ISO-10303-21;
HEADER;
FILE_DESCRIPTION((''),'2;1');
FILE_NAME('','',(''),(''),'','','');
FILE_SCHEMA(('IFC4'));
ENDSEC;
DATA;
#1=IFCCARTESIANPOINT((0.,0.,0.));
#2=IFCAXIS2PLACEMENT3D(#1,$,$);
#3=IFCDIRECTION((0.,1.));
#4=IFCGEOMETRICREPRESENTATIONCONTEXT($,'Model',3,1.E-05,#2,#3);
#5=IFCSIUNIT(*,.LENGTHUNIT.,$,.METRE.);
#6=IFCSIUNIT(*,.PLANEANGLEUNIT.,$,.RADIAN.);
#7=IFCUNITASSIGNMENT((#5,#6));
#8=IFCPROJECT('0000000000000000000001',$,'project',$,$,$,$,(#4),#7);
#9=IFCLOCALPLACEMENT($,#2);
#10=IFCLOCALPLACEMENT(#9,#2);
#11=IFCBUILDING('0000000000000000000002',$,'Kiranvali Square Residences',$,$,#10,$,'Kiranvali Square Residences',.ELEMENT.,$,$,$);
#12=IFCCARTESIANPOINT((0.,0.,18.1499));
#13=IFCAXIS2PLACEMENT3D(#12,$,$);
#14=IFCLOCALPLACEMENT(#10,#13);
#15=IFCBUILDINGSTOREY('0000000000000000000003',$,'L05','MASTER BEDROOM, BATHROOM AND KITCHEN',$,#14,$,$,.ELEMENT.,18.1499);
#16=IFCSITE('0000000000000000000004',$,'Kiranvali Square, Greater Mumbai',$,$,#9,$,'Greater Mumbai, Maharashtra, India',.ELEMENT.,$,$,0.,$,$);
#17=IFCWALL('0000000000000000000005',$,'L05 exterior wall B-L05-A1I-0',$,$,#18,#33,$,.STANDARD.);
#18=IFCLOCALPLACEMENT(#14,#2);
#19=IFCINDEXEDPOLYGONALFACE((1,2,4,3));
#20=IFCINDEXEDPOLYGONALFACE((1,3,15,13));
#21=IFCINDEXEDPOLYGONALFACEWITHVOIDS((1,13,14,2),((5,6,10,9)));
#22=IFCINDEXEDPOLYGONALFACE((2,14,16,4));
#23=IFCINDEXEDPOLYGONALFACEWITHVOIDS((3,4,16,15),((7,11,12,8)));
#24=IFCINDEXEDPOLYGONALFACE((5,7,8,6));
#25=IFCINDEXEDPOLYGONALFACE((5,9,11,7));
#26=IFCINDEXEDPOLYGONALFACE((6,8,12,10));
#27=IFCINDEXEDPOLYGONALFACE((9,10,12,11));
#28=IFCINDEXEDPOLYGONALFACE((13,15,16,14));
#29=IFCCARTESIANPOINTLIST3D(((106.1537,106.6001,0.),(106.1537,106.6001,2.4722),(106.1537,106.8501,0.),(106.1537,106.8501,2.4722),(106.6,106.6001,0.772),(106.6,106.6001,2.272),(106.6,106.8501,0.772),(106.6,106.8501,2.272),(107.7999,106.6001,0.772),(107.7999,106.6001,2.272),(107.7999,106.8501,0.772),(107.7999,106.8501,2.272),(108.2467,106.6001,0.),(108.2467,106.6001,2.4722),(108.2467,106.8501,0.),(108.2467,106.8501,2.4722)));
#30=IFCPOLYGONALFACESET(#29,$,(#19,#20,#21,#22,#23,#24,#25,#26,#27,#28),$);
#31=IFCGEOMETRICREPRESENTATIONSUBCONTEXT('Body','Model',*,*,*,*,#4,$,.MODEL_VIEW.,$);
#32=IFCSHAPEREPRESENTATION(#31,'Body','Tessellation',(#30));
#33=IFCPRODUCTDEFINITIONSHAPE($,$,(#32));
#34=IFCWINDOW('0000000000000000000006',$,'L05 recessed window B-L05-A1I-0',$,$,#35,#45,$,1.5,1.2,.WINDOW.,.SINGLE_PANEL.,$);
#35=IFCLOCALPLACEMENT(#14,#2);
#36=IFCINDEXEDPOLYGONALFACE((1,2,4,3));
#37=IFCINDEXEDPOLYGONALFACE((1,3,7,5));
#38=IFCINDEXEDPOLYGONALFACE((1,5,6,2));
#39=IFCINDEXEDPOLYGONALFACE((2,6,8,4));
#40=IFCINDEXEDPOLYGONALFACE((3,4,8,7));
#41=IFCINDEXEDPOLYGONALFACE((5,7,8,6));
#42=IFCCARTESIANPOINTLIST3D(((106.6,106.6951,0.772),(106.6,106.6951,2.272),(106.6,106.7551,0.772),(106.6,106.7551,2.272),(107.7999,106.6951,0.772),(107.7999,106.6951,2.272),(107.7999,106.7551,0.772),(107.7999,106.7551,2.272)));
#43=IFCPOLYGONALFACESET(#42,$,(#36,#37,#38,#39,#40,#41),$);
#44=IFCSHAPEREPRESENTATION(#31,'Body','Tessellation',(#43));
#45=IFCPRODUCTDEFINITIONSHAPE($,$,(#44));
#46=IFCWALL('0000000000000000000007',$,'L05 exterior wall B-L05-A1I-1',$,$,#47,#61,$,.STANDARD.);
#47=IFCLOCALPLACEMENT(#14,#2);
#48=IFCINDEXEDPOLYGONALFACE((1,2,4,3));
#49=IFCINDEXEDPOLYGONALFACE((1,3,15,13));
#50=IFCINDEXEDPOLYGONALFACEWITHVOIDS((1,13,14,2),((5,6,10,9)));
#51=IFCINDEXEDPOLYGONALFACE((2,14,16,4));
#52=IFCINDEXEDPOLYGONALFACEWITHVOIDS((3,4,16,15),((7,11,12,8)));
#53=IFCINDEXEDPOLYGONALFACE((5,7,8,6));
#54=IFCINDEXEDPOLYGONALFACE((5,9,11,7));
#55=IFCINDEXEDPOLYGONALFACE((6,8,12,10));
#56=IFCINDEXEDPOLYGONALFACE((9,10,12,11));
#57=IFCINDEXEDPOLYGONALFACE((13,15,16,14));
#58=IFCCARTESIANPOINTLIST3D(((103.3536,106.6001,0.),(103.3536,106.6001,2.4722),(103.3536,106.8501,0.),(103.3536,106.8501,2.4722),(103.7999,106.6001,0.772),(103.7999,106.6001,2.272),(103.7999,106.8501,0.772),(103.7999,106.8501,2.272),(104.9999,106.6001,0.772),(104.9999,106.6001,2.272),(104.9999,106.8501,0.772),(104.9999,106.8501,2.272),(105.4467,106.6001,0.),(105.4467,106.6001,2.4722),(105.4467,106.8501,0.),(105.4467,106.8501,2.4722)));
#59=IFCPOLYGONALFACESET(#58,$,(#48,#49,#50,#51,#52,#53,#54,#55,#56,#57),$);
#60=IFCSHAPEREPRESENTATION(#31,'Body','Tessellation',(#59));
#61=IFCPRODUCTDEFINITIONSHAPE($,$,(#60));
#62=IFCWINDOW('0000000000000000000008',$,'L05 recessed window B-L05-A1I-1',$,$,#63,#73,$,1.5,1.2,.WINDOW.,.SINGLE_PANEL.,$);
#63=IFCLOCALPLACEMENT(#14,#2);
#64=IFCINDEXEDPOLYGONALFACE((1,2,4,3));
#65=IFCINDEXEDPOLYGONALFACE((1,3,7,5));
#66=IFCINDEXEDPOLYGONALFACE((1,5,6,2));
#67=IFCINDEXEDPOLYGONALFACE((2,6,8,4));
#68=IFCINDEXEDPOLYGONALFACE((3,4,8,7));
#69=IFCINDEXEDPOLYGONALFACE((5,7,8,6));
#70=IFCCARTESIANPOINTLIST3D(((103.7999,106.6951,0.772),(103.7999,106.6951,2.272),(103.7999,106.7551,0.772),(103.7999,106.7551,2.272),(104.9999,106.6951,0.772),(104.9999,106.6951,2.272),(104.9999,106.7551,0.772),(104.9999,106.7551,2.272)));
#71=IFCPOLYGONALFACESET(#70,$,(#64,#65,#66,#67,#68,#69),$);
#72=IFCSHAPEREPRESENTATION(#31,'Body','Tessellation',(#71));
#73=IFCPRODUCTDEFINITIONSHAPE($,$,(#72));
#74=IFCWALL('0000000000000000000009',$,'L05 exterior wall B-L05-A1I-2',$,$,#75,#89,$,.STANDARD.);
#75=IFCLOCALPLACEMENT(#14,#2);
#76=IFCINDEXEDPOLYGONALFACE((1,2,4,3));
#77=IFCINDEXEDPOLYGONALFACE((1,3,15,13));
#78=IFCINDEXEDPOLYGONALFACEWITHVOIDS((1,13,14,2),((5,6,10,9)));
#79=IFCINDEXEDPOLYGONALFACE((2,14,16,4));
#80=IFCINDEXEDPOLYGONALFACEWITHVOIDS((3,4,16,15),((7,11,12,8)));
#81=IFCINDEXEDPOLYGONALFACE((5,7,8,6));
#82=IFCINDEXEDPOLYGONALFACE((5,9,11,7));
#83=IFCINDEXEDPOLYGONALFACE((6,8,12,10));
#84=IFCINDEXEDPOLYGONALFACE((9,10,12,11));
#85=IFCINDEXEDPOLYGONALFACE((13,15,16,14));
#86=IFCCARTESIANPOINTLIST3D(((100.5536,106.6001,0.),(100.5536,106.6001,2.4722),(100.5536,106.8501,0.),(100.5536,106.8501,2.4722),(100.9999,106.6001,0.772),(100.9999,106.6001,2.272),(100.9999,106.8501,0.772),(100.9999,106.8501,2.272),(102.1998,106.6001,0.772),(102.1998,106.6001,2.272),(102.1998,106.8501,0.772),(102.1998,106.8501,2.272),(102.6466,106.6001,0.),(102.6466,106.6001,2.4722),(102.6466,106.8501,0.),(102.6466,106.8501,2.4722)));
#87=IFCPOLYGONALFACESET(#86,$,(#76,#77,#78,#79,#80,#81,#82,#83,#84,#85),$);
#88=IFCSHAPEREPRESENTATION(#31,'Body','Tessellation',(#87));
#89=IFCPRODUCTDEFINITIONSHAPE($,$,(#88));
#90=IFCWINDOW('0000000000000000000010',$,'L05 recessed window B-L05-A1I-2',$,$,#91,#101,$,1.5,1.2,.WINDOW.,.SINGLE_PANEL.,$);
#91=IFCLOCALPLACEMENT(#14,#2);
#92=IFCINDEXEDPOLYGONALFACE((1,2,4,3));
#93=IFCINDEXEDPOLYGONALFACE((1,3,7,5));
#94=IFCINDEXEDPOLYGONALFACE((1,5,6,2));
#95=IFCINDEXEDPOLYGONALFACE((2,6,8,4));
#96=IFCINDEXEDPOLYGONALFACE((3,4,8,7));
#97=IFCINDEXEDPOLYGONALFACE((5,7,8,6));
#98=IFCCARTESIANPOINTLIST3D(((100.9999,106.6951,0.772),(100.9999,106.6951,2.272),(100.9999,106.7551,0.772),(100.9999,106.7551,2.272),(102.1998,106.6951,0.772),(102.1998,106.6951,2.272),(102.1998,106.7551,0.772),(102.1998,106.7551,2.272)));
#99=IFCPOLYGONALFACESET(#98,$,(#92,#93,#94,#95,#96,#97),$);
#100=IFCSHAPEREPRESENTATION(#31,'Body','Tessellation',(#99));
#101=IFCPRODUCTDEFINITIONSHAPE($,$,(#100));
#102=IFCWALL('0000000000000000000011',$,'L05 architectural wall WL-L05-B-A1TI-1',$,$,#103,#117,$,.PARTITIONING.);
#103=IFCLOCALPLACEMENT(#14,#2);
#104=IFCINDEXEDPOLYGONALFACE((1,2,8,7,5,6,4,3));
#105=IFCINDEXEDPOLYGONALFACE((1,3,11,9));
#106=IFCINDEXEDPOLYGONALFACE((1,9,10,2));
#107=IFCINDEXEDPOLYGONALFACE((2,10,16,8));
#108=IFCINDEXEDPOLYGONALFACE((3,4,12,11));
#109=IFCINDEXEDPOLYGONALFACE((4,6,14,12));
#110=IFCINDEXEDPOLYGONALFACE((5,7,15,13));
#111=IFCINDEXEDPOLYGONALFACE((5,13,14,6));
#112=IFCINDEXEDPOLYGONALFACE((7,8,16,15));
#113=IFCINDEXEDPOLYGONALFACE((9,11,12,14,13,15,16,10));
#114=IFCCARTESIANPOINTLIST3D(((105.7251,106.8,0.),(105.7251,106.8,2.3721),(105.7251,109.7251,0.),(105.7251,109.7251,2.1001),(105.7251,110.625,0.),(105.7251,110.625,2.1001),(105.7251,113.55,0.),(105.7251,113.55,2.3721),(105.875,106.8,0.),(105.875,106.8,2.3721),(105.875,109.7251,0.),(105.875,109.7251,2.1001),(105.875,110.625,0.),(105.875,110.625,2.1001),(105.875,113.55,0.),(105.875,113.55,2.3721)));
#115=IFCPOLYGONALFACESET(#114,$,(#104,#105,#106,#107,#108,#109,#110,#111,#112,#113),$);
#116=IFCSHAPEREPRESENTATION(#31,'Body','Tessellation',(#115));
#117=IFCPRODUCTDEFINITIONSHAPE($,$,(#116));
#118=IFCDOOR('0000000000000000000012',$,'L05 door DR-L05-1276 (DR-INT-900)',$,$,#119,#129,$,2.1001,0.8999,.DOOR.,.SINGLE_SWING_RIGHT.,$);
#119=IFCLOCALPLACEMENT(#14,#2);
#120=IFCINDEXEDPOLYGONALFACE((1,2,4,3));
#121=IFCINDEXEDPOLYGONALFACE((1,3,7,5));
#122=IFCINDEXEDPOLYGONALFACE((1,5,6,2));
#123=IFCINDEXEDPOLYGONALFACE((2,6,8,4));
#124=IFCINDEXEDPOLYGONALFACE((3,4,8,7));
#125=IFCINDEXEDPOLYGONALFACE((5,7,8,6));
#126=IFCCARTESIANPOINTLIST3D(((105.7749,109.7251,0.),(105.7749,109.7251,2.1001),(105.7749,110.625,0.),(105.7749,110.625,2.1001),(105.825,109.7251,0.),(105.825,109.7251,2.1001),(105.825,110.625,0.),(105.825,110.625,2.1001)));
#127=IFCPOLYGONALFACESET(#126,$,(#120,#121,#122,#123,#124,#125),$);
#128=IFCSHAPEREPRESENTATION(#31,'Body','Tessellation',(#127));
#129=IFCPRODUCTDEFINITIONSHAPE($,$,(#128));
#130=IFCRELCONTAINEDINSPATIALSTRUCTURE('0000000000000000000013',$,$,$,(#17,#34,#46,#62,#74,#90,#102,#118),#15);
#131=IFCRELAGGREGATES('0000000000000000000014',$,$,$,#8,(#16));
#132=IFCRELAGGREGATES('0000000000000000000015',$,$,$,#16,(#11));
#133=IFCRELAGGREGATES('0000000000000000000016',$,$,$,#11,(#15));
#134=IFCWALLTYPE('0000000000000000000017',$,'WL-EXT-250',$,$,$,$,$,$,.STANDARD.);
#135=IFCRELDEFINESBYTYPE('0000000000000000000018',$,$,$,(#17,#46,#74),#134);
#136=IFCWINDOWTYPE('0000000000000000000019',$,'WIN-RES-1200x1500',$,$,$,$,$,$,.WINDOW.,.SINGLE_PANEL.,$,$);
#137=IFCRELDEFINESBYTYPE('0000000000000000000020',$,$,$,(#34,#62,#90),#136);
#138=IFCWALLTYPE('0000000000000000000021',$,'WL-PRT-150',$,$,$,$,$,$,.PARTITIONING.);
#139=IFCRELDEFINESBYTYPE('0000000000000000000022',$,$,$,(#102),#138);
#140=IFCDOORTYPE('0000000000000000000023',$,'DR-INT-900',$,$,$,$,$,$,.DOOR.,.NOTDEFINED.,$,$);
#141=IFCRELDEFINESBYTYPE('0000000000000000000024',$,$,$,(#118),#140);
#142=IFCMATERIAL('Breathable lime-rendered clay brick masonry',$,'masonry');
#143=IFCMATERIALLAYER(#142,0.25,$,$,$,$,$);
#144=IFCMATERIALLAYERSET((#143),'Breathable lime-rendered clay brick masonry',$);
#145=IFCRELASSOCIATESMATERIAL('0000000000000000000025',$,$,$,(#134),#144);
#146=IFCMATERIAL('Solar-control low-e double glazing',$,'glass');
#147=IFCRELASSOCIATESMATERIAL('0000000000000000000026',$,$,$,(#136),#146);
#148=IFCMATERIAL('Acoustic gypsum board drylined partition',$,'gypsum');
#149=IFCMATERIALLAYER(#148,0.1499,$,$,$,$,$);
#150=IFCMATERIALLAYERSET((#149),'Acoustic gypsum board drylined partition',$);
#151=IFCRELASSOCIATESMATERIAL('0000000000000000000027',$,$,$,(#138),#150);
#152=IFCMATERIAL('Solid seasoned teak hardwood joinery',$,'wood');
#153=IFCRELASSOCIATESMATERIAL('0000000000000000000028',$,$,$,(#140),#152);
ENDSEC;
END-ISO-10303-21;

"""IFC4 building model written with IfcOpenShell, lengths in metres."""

from ifc_helpers import new_model, si_unit, direction, frame, frame_2d, origin, place, context, subcontext, project, spatial, rectangle, extrude, material, layer, layer_set, type_object, element, fill, save


model = new_model("IFC4")

# Units and contexts
model_context = context("Model", 3, precision=1e-05, world=origin(), true_north=direction((0.0, 1.0)))
body_context = subcontext(model_context, "Body", "Model", "MODEL_VIEW")
ifc_project = project(units=[si_unit("LENGTHUNIT", "METRE"), si_unit("PLANEANGLEUNIT", "RADIAN")], contexts=[model_context])

# Site, building, storey
site_placement = place(None, origin())
site = spatial("IfcSite", under=ifc_project, at=site_placement, Name="Kiranvali Square, Greater Mumbai", LongName="Greater Mumbai, Maharashtra, India", CompositionType="ELEMENT", RefElevation=0.0)
building_placement = place(site_placement, origin())
building = spatial("IfcBuilding", under=site, at=building_placement, Name="Kiranvali Square Residences", LongName="Kiranvali Square Residences", CompositionType="ELEMENT")
storey_placement = place(building_placement, frame((0.0, 0.0, 18.1499)))
storey = spatial("IfcBuildingStorey", under=building, at=storey_placement, Name="L05", Description="MASTER BEDROOM, BATHROOM AND KITCHEN", CompositionType="ELEMENT", Elevation=18.1499)

# Walls, openings, windows
ifc_material_1 = material(Name="Breathable lime-rendered clay brick masonry", Category="masonry")
ifc_layer_1 = layer(ifc_material_1, 0.25)
ifc_layer_set_1 = layer_set([ifc_layer_1], Name="Breathable lime-rendered clay brick masonry")
wall_type_1 = type_object("IfcWallType", Name="WL-EXT-250", PredefinedType="STANDARD", material=ifc_layer_set_1)
wall_1_placement = place(storey_placement, frame((108.2466, 106.7251, 0.0), z_axis=(0.0, 0.0, 1.0), x_axis=(-1.0, 0.0, 0.0)))
wall_1 = element("IfcWall", 1, at=wall_1_placement, inside=storey, type_object=wall_type_1, Name="L05 exterior wall B-L05-A1I-0", PredefinedType="STANDARD", context=body_context, shape_type="SweptSolid", body=[
    extrude(rectangle(XDim=2.093, YDim=0.25, at=frame_2d((1.0464, 0.0))), origin(), (0.0, 0.0, 1.0), 2.4722),
])
opening_1_placement = place(wall_1_placement, frame((0.4465, 0.0, 0.772)))
opening_1 = element("IfcOpeningElement", 2, at=opening_1_placement, cuts=wall_1, PredefinedType="OPENING", context=body_context, shape_type="SweptSolid", body=[
    extrude(rectangle(XDim=1.2, YDim=1.5, at=frame_2d((0.6001, 0.75))), frame((0.0, 0.135, 0.0), z_axis=(0.0, -1.0, 0.0), x_axis=(1.0, 0.0, 0.0)), (0.0, 0.0, 1.0), 0.27),
])
ifc_material_2 = material(Name="Solar-control low-e double glazing", Category="glass")
window_type = type_object("IfcWindowType", Name="WIN-RES-1200x1500", PartitioningType="SINGLE_PANEL", PredefinedType="WINDOW", material=ifc_material_2)
window_1_placement = place(opening_1_placement, origin())
window_1 = element("IfcWindow", 3, at=window_1_placement, inside=storey, type_object=window_type, Name="L05 recessed window B-L05-A1I-0", OverallHeight=1.5, OverallWidth=1.2, PartitioningType="SINGLE_PANEL", PredefinedType="WINDOW", context=body_context, shape_type="SweptSolid", body=[
    extrude(rectangle(XDim=1.2, YDim=1.5, at=frame_2d((0.6001, 0.75))), frame((0.0, 0.03, 0.0), z_axis=(0.0, -1.0, 0.0), x_axis=(1.0, 0.0, 0.0)), (0.0, 0.0, 1.0), 0.0601),
])
fill(opening_1, window_1)
wall_2_placement = place(storey_placement, frame((105.4465, 106.7251, 0.0), z_axis=(0.0, 0.0, 1.0), x_axis=(-1.0, 0.0, 0.0)))
wall_2 = element("IfcWall", 4, at=wall_2_placement, inside=storey, type_object=wall_type_1, Name="L05 exterior wall B-L05-A1I-1", PredefinedType="STANDARD", context=body_context, shape_type="SweptSolid", body=[
    extrude(rectangle(XDim=2.093, YDim=0.25, at=frame_2d((1.0464, 0.0))), origin(), (0.0, 0.0, 1.0), 2.4722),
])
opening_2_placement = place(wall_2_placement, frame((0.4465, 0.0, 0.772)))
opening_2 = element("IfcOpeningElement", 5, at=opening_2_placement, cuts=wall_2, PredefinedType="OPENING", context=body_context, shape_type="SweptSolid", body=[
    extrude(rectangle(XDim=1.2, YDim=1.5, at=frame_2d((0.6001, 0.75))), frame((0.0, 0.135, 0.0), z_axis=(0.0, -1.0, 0.0), x_axis=(1.0, 0.0, 0.0)), (0.0, 0.0, 1.0), 0.27),
])
window_2_placement = place(opening_2_placement, origin())
window_2 = element("IfcWindow", 6, at=window_2_placement, inside=storey, type_object=window_type, Name="L05 recessed window B-L05-A1I-1", OverallHeight=1.5, OverallWidth=1.2, PartitioningType="SINGLE_PANEL", PredefinedType="WINDOW", context=body_context, shape_type="SweptSolid", body=[
    extrude(rectangle(XDim=1.2, YDim=1.5, at=frame_2d((0.6001, 0.75))), frame((0.0, 0.03, 0.0), z_axis=(0.0, -1.0, 0.0), x_axis=(1.0, 0.0, 0.0)), (0.0, 0.0, 1.0), 0.0601),
])
fill(opening_2, window_2)
wall_3_placement = place(storey_placement, frame((102.6465, 106.7251, 0.0), z_axis=(0.0, 0.0, 1.0), x_axis=(-1.0, 0.0, 0.0)))
wall_3 = element("IfcWall", 7, at=wall_3_placement, inside=storey, type_object=wall_type_1, Name="L05 exterior wall B-L05-A1I-2", PredefinedType="STANDARD", context=body_context, shape_type="SweptSolid", body=[
    extrude(rectangle(XDim=2.093, YDim=0.25, at=frame_2d((1.0464, 0.0))), origin(), (0.0, 0.0, 1.0), 2.4722),
])
opening_3_placement = place(wall_3_placement, frame((0.4465, 0.0, 0.772)))
opening_3 = element("IfcOpeningElement", 8, at=opening_3_placement, cuts=wall_3, PredefinedType="OPENING", context=body_context, shape_type="SweptSolid", body=[
    extrude(rectangle(XDim=1.2, YDim=1.5, at=frame_2d((0.6001, 0.75))), frame((0.0, 0.135, 0.0), z_axis=(0.0, -1.0, 0.0), x_axis=(1.0, 0.0, 0.0)), (0.0, 0.0, 1.0), 0.27),
])
window_3_placement = place(opening_3_placement, origin())
window_3 = element("IfcWindow", 9, at=window_3_placement, inside=storey, type_object=window_type, Name="L05 recessed window B-L05-A1I-2", OverallHeight=1.5, OverallWidth=1.2, PartitioningType="SINGLE_PANEL", PredefinedType="WINDOW", context=body_context, shape_type="SweptSolid", body=[
    extrude(rectangle(XDim=1.2, YDim=1.5, at=frame_2d((0.6001, 0.75))), frame((0.0, 0.03, 0.0), z_axis=(0.0, -1.0, 0.0), x_axis=(1.0, 0.0, 0.0)), (0.0, 0.0, 1.0), 0.0601),
])
fill(opening_3, window_3)

# Wall, opening, door
ifc_material_3 = material(Name="Acoustic gypsum board drylined partition", Category="gypsum")
ifc_layer_2 = layer(ifc_material_3, 0.1499)
ifc_layer_set_2 = layer_set([ifc_layer_2], Name="Acoustic gypsum board drylined partition")
wall_type_2 = type_object("IfcWallType", Name="WL-PRT-150", PredefinedType="PARTITIONING", material=ifc_layer_set_2)
wall_4_placement = place(storey_placement, frame((105.8, 106.8, 0.0), z_axis=(0.0, 0.0, 1.0), x_axis=(0.0, 1.0, 0.0)))
wall_4 = element("IfcWall", 10, at=wall_4_placement, inside=storey, type_object=wall_type_2, Name="L05 architectural wall WL-L05-B-A1TI-1", PredefinedType="PARTITIONING", context=body_context, shape_type="SweptSolid", body=[
    extrude(rectangle(XDim=6.75, YDim=0.1499, at=frame_2d((3.375, 0.0))), origin(), (0.0, 0.0, 1.0), 2.3721),
])
opening_4_placement = place(wall_4_placement, frame((2.925, 0.0, 0.0)))
opening_4 = element("IfcOpeningElement", 11, at=opening_4_placement, cuts=wall_4, PredefinedType="OPENING", context=body_context, shape_type="SweptSolid", body=[
    extrude(rectangle(XDim=0.8999, YDim=2.1001, at=frame_2d((0.45, 1.05))), frame((0.0, 0.085, 0.0), z_axis=(0.0, -1.0, 0.0), x_axis=(1.0, 0.0, 0.0)), (0.0, 0.0, 1.0), 0.1699),
])
ifc_material_4 = material(Name="Solid seasoned teak hardwood joinery", Category="wood")
door_type_1 = type_object("IfcDoorType", Name="DR-INT-900", OperationType="NOTDEFINED", PredefinedType="DOOR", material=ifc_material_4)
door_1_placement = place(opening_4_placement, frame((0.8999, 0.0, 0.0), z_axis=(0.0, 0.0, 1.0), x_axis=(-1.0, 0.0, 0.0)))
door_1 = element("IfcDoor", 12, at=door_1_placement, inside=storey, type_object=door_type_1, Name="L05 door DR-L05-1276 (DR-INT-900)", OperationType="SINGLE_SWING_RIGHT", OverallHeight=2.1001, OverallWidth=0.8999, PredefinedType="DOOR", context=body_context, shape_type="SweptSolid", body=[
    extrude(rectangle(XDim=0.8999, YDim=2.1001, at=frame_2d((0.45, 1.05))), frame((0.0, 0.0249, 0.0), z_axis=(0.0, -1.0, 0.0), x_axis=(1.0, 0.0, 0.0)), (0.0, 0.0, 1.0), 0.05),
])
fill(opening_4, door_1)

save(model, "model.ifc")
